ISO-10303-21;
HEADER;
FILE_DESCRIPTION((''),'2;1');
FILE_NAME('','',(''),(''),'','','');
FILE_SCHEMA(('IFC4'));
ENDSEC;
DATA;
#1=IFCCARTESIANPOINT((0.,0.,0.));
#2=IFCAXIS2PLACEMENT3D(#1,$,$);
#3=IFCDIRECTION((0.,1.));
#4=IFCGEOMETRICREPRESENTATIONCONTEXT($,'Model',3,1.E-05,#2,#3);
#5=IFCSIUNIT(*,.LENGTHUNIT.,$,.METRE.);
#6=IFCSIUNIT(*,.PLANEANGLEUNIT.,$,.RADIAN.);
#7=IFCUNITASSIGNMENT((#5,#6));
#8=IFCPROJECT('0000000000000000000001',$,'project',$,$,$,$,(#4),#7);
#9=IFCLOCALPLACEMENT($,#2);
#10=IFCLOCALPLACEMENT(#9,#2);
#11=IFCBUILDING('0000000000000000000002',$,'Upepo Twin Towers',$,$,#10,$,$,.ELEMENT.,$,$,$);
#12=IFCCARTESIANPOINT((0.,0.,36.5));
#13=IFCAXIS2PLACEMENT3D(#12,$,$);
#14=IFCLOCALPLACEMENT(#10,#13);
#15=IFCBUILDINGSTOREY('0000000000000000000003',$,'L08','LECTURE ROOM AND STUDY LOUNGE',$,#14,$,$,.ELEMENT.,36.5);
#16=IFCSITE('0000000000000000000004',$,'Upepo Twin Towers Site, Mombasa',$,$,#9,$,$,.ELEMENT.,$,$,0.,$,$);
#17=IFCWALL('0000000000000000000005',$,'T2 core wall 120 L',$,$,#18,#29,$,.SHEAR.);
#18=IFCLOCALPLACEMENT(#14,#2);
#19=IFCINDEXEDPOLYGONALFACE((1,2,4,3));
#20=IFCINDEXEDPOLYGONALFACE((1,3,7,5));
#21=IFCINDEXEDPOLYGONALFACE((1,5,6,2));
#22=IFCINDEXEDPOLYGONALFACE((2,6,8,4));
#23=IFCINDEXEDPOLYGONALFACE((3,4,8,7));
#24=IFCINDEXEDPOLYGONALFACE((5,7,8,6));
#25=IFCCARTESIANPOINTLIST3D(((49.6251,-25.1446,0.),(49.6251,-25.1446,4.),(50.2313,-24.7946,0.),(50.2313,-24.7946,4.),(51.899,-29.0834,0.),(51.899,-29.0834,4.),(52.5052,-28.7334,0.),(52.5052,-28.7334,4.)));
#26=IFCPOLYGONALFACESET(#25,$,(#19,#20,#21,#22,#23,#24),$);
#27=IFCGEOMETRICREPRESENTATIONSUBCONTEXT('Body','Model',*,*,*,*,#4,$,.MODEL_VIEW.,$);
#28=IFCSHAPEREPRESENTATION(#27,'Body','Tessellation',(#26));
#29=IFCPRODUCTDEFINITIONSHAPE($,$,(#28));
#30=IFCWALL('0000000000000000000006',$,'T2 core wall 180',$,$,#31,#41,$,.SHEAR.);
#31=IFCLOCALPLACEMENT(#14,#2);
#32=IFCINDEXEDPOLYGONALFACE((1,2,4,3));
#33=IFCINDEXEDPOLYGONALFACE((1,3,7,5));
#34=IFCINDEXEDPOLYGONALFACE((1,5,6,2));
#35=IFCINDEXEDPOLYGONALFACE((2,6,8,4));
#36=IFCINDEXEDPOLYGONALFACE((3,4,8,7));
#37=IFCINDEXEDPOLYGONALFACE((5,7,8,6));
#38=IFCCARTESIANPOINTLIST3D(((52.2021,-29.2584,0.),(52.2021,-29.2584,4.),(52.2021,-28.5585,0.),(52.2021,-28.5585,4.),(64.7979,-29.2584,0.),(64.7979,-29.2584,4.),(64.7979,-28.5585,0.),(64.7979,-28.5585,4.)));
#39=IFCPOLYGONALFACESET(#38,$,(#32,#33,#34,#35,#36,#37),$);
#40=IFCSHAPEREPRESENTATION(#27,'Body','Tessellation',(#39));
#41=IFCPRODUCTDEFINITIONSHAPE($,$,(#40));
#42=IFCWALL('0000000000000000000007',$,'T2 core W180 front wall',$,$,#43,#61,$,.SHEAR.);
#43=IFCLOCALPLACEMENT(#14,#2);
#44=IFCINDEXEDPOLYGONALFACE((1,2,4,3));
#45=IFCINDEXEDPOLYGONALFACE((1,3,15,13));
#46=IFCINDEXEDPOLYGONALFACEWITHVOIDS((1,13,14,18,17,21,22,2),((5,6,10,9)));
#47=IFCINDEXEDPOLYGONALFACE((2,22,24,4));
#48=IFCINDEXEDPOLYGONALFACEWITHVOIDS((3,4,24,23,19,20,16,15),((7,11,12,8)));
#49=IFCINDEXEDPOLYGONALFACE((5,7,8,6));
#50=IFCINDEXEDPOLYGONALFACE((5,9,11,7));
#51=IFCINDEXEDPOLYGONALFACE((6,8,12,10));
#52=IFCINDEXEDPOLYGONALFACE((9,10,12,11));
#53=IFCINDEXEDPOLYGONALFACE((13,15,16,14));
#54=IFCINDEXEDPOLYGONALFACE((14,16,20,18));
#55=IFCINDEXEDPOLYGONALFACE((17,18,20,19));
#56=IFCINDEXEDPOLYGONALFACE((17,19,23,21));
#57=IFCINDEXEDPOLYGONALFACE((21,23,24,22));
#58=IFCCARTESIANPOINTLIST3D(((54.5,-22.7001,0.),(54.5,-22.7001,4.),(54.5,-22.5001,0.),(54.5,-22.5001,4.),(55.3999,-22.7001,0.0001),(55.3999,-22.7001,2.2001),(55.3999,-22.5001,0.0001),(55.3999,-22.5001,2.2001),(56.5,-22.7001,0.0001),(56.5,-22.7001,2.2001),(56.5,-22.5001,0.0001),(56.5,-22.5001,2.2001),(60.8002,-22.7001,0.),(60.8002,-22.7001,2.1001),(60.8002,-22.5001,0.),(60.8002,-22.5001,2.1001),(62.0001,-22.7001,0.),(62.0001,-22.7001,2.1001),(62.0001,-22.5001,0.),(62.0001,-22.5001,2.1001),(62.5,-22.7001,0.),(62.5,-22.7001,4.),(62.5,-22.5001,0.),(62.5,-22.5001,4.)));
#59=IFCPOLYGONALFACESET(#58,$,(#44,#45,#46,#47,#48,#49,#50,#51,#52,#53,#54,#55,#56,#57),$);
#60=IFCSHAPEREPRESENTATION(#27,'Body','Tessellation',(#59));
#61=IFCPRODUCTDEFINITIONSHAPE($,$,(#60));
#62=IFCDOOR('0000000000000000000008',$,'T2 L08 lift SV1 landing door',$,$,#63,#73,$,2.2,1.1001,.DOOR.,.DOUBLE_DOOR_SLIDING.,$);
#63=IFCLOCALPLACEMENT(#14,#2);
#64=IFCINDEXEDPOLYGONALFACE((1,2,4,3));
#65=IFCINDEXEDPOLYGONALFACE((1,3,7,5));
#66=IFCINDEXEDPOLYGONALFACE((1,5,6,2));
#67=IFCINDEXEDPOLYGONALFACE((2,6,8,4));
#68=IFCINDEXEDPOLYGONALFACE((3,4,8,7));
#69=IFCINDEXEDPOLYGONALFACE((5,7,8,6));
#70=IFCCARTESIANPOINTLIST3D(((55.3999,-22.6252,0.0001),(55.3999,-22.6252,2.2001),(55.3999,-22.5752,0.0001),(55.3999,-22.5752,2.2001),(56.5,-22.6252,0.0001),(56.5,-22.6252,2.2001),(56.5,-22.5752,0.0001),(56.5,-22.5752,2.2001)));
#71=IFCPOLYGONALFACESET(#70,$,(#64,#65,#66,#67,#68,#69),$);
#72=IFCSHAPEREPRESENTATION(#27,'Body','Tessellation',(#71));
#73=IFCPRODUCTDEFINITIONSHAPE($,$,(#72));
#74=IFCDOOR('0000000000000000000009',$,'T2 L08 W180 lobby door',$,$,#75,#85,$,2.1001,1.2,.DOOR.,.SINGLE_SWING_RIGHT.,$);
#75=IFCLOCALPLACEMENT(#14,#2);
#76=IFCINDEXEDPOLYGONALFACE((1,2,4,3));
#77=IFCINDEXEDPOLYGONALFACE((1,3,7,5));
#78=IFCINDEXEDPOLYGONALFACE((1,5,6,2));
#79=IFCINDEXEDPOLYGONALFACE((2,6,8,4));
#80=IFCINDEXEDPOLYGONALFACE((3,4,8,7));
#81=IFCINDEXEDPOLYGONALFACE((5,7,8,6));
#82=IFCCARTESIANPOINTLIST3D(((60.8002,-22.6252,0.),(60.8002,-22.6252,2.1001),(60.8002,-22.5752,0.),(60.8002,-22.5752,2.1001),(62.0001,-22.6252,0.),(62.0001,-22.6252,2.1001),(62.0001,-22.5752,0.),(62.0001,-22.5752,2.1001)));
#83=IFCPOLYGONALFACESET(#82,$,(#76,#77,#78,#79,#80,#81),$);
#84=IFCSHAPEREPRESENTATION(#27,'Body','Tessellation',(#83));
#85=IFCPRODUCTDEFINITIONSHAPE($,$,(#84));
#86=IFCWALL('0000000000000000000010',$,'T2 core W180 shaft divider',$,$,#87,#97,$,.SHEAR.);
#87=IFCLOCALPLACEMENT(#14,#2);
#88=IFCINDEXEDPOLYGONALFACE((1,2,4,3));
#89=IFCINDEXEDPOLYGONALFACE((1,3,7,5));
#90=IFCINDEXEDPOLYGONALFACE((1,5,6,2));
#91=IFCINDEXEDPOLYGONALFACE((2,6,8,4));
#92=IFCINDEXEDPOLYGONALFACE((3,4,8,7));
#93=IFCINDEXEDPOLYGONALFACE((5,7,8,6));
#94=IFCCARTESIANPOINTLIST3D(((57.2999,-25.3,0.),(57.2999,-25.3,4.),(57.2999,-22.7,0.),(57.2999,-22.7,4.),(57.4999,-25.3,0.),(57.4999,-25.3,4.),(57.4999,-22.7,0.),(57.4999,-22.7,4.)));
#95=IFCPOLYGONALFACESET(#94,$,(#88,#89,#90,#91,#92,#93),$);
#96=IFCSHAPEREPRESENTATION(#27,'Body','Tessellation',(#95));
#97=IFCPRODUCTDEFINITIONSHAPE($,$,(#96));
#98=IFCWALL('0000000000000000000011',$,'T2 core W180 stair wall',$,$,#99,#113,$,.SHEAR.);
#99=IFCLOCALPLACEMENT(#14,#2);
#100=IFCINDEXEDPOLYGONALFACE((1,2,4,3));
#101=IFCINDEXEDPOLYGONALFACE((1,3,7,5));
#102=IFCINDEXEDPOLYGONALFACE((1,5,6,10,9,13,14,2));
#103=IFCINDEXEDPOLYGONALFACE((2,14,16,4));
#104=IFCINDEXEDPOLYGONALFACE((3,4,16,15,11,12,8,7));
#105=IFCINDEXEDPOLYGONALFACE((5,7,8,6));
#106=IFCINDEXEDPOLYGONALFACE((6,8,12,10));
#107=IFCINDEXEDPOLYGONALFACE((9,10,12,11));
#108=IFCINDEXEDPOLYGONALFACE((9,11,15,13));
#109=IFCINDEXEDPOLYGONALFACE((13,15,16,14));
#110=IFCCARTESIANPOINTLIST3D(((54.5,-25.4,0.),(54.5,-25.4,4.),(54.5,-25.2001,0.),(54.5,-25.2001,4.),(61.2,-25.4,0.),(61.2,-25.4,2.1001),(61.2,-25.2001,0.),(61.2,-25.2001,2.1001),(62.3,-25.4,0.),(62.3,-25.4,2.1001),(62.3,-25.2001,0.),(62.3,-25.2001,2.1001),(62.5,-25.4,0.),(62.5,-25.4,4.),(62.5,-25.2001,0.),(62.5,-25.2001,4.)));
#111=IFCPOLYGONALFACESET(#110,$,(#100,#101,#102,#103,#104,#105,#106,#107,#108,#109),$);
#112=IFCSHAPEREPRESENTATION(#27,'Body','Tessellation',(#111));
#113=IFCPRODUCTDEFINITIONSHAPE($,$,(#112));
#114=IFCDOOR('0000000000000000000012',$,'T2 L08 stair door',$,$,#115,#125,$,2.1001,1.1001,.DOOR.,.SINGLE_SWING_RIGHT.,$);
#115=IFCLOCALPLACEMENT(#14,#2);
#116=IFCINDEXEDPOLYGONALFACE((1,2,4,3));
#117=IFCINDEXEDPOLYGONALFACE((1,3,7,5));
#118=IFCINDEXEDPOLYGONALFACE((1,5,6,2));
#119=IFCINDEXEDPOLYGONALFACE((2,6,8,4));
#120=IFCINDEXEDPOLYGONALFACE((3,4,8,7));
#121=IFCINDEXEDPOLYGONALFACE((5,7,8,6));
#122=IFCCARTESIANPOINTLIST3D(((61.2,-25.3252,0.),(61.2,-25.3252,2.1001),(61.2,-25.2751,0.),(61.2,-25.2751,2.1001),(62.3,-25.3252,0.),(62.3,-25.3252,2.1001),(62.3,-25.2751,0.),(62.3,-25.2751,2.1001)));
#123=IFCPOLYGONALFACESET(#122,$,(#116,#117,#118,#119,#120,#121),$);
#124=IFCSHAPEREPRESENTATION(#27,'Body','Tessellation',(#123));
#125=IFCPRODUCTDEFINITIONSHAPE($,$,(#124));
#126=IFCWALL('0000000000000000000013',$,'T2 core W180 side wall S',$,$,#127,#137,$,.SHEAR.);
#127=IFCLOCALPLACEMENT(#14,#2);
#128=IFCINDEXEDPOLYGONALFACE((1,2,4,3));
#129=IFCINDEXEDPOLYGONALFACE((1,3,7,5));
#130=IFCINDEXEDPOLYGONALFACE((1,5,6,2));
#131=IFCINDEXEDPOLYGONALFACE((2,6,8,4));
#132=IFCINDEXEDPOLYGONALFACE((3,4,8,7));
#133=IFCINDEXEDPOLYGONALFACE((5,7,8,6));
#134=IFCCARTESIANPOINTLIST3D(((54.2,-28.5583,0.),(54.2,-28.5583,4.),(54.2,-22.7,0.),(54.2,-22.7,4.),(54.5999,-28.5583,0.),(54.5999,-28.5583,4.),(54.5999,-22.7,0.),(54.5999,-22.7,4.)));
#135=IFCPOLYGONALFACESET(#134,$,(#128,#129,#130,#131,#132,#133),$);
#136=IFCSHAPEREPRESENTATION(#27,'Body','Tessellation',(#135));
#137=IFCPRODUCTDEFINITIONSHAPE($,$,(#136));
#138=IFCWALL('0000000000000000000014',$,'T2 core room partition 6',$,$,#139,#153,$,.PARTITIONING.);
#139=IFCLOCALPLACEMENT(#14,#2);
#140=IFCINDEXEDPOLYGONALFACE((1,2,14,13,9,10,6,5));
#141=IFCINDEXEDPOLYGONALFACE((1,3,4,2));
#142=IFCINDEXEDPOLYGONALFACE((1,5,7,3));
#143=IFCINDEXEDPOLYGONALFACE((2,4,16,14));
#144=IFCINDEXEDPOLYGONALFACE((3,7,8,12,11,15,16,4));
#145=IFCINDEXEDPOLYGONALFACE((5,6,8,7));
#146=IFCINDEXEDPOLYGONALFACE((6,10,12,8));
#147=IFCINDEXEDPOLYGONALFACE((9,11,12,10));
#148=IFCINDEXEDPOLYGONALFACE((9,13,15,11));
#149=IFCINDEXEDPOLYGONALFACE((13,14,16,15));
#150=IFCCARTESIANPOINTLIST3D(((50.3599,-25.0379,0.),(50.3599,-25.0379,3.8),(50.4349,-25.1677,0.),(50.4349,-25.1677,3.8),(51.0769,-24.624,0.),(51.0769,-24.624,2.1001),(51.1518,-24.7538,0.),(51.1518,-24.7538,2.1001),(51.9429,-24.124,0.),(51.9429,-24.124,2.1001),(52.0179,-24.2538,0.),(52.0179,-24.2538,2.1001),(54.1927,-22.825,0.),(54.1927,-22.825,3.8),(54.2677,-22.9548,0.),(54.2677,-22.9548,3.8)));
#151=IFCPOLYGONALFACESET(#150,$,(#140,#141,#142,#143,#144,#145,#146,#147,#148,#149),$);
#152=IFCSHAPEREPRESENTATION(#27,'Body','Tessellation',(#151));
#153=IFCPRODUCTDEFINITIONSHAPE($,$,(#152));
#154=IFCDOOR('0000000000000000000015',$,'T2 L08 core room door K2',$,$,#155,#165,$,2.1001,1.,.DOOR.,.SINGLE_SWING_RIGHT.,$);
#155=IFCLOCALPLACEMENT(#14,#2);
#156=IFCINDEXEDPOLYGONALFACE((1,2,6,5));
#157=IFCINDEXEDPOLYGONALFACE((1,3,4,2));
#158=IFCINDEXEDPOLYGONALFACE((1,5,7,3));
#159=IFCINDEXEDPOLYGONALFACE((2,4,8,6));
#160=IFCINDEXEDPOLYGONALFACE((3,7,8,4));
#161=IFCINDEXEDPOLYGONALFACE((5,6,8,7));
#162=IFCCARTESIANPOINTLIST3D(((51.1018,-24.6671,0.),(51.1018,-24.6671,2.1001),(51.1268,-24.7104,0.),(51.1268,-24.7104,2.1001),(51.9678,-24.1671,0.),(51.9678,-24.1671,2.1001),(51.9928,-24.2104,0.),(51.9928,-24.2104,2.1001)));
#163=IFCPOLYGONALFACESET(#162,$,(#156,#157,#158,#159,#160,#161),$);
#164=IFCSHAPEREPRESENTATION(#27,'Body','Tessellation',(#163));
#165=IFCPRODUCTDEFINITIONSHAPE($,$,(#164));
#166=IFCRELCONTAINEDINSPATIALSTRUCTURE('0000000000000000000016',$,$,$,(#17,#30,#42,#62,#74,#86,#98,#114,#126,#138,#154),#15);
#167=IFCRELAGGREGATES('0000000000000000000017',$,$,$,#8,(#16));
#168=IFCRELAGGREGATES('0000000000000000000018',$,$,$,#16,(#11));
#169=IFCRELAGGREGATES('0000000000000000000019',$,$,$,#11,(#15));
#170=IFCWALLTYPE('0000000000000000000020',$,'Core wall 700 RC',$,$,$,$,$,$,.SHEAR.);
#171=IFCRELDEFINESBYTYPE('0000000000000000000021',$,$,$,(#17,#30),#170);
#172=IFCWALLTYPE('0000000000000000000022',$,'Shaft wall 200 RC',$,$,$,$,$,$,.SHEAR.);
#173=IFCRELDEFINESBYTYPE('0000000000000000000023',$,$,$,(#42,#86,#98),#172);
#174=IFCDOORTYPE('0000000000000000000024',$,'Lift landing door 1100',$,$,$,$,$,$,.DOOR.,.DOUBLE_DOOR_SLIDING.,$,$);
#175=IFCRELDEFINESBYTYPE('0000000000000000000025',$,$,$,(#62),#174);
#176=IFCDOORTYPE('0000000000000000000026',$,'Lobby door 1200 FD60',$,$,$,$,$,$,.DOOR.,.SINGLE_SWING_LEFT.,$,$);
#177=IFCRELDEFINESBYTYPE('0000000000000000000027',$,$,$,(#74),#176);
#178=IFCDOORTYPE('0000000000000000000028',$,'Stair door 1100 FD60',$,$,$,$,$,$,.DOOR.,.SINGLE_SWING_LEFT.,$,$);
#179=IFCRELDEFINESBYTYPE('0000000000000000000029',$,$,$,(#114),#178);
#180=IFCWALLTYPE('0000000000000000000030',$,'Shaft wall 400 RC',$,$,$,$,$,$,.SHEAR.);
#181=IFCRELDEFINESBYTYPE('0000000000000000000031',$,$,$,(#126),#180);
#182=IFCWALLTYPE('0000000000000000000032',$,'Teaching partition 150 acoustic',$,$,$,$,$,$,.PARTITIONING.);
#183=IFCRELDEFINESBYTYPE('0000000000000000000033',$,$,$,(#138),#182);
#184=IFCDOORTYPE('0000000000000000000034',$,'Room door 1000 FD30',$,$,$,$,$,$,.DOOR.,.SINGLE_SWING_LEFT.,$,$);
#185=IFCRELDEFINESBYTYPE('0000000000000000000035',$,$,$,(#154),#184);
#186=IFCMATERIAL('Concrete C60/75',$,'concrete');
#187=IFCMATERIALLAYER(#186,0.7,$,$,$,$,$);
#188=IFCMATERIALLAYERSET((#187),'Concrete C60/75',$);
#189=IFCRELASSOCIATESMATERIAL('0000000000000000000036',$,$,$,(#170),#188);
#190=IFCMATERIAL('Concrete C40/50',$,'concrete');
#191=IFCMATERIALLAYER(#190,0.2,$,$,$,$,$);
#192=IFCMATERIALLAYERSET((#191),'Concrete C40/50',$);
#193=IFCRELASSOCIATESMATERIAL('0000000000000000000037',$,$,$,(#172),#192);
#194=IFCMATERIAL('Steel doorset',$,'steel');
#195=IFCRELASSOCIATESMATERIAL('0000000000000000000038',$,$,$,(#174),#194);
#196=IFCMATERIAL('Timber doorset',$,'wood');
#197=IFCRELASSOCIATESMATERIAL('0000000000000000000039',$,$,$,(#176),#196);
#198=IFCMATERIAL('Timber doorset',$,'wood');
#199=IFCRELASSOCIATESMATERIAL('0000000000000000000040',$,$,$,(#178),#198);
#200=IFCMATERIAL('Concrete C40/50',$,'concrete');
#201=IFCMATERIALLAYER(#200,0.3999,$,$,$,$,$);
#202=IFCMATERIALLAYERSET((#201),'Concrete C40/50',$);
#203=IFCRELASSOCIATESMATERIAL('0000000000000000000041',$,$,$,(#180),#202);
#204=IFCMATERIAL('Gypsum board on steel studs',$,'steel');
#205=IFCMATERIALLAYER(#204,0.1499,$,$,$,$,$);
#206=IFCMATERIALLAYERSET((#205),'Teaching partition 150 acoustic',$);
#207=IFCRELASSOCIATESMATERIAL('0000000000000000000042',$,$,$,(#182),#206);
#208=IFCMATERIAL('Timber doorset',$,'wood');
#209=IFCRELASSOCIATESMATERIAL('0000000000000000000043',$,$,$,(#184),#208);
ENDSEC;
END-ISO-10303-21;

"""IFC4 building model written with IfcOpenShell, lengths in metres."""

from ifc_helpers import new_model, si_unit, direction, frame, frame_2d, origin, place, context, subcontext, project, spatial, rectangle, extrude, material, layer, layer_set, type_object, element, fill, save


model = new_model("IFC4")

# Units and contexts
model_context = context("Model", 3, precision=1e-05, world=origin(), true_north=direction((0.0, 1.0)))
body_context = subcontext(model_context, "Body", "Model", "MODEL_VIEW")
ifc_project = project(units=[si_unit("LENGTHUNIT", "METRE"), si_unit("PLANEANGLEUNIT", "RADIAN")], contexts=[model_context])

# Site, building, storey
site_placement = place(None, origin())
site = spatial("IfcSite", under=ifc_project, at=site_placement, Name="Upepo Twin Towers Site, Mombasa", CompositionType="ELEMENT", RefElevation=0.0)
building_placement = place(site_placement, origin())
building = spatial("IfcBuilding", under=site, at=building_placement, Name="Upepo Twin Towers", CompositionType="ELEMENT")
storey_placement = place(building_placement, frame((0.0, 0.0, 36.5)))
storey = spatial("IfcBuildingStorey", under=building, at=storey_placement, Name="L08", Description="LECTURE ROOM AND STUDY LOUNGE", CompositionType="ELEMENT", Elevation=36.5)

# Walls
ifc_material_1 = material(Name="Concrete C60/75", Category="concrete")
ifc_layer_1 = layer(ifc_material_1, 0.7)
ifc_layer_set_1 = layer_set([ifc_layer_1], Name="Concrete C60/75")
wall_type_1 = type_object("IfcWallType", Name="Core wall 700 RC", PredefinedType="SHEAR", material=ifc_layer_set_1)
wall_1_placement = place(storey_placement, frame((49.9282, -24.9697, 0.0), z_axis=(0.0, 0.0, 1.0), x_axis=(0.499984, -0.866035, 0.0)))
element("IfcWall", 1, at=wall_1_placement, inside=storey, type_object=wall_type_1, Name="T2 core wall 120 L", PredefinedType="SHEAR", context=body_context, shape_type="SweptSolid", body=[
    extrude(rectangle(XDim=4.5481, YDim=0.7, at=frame_2d((2.2739, 0.0))), origin(), (0.0, 0.0, 1.0), 4.0),
])
wall_2_placement = place(storey_placement, frame((52.2021, -28.9084, 0.0), z_axis=(0.0, 0.0, 1.0), x_axis=(1.0, 0.0, 0.0)))
element("IfcWall", 2, at=wall_2_placement, inside=storey, type_object=wall_type_1, Name="T2 core wall 180", PredefinedType="SHEAR", context=body_context, shape_type="SweptSolid", body=[
    extrude(rectangle(XDim=12.5957, YDim=0.7, at=frame_2d((6.2979, 0.0))), origin(), (0.0, 0.0, 1.0), 4.0),
])

# Wall, openings, doors
ifc_material_2 = material(Name="Concrete C40/50", Category="concrete")
ifc_layer_2 = layer(ifc_material_2, 0.2)
ifc_layer_set_2 = layer_set([ifc_layer_2], Name="Concrete C40/50")
wall_type_2 = type_object("IfcWallType", Name="Shaft wall 200 RC", PredefinedType="SHEAR", material=ifc_layer_set_2)
wall_3_placement = place(storey_placement, frame((54.5, -22.6001, 0.0), z_axis=(0.0, 0.0, 1.0), x_axis=(1.0, 0.0, 0.0)))
wall_3 = element("IfcWall", 3, at=wall_3_placement, inside=storey, type_object=wall_type_2, Name="T2 core W180 front wall", PredefinedType="SHEAR", context=body_context, shape_type="SweptSolid", body=[
    extrude(rectangle(XDim=8.0, YDim=0.2, at=frame_2d((4.0, 0.0))), origin(), (0.0, 0.0, 1.0), 4.0),
])
opening_1_placement = place(wall_3_placement, frame((6.3, 0.0, 0.0)))
opening_1 = element("IfcOpeningElement", 4, at=opening_1_placement, cuts=wall_3, PredefinedType="OPENING", context=body_context, shape_type="SweptSolid", body=[
    extrude(rectangle(XDim=1.2, YDim=2.1001, at=frame_2d((0.6001, 1.05))), frame((0.0, 0.1099, 0.0), z_axis=(0.0, -1.0, 0.0), x_axis=(1.0, 0.0, 0.0)), (0.0, 0.0, 1.0), 0.22),
])
opening_2_placement = place(wall_3_placement, frame((0.8999, 0.0, 0.0)))
opening_2 = element("IfcOpeningElement", 5, at=opening_2_placement, cuts=wall_3, PredefinedType="OPENING", context=body_context, shape_type="SweptSolid", body=[
    extrude(rectangle(XDim=1.1001, YDim=2.2, at=frame_2d((0.55, 1.1001))), frame((0.0, 0.1099, 0.0), z_axis=(0.0, -1.0, 0.0), x_axis=(1.0, 0.0, 0.0)), (0.0, 0.0, 1.0), 0.22),
])
ifc_material_3 = material(Name="Steel doorset", Category="steel")
door_type_1 = type_object("IfcDoorType", Name="Lift landing door 1100", OperationType="DOUBLE_DOOR_SLIDING", PredefinedType="DOOR", material=ifc_material_3)
door_1_placement = place(opening_2_placement, origin())
door_1 = element("IfcDoor", 6, at=door_1_placement, inside=storey, type_object=door_type_1, Name="T2 L08 lift SV1 landing door", OperationType="DOUBLE_DOOR_SLIDING", OverallHeight=2.2, OverallWidth=1.1001, PredefinedType="DOOR", context=body_context, shape_type="SweptSolid", body=[
    extrude(rectangle(XDim=1.1001, YDim=2.2, at=frame_2d((0.55, 1.1001))), frame((0.0, 0.0249, 0.0), z_axis=(0.0, -1.0, 0.0), x_axis=(1.0, 0.0, 0.0)), (0.0, 0.0, 1.0), 0.05),
])
fill(opening_2, door_1)
ifc_material_4 = material(Name="Timber doorset", Category="wood")
door_type_2 = type_object("IfcDoorType", Name="Lobby door 1200 FD60", OperationType="SINGLE_SWING_LEFT", PredefinedType="DOOR", material=ifc_material_4)
door_2_placement = place(opening_1_placement, origin())
door_2 = element("IfcDoor", 7, at=door_2_placement, inside=storey, type_object=door_type_2, Name="T2 L08 W180 lobby door", OperationType="SINGLE_SWING_RIGHT", OverallHeight=2.1001, OverallWidth=1.2, PredefinedType="DOOR", context=body_context, shape_type="SweptSolid", body=[
    extrude(rectangle(XDim=1.2, YDim=2.1001, at=frame_2d((0.6001, 1.05))), frame((0.0, 0.0249, 0.0), z_axis=(0.0, -1.0, 0.0), x_axis=(1.0, 0.0, 0.0)), (0.0, 0.0, 1.0), 0.05),
])
fill(opening_1, door_2)

# Wall
wall_4_placement = place(storey_placement, frame((57.3999, -22.7, 0.0), z_axis=(0.0, 0.0, 1.0), x_axis=(0.0, -1.0, 0.0)))
element("IfcWall", 8, at=wall_4_placement, inside=storey, type_object=wall_type_2, Name="T2 core W180 shaft divider", PredefinedType="SHEAR", context=body_context, shape_type="SweptSolid", body=[
    extrude(rectangle(XDim=2.6001, YDim=0.2, at=frame_2d((1.3, 0.0))), origin(), (0.0, 0.0, 1.0), 4.0),
])

# Wall, opening, door
wall_5_placement = place(storey_placement, frame((54.5, -25.3, 0.0), z_axis=(0.0, 0.0, 1.0), x_axis=(1.0, 0.0, 0.0)))
wall_5 = element("IfcWall", 9, at=wall_5_placement, inside=storey, type_object=wall_type_2, Name="T2 core W180 stair wall", PredefinedType="SHEAR", context=body_context, shape_type="SweptSolid", body=[
    extrude(rectangle(XDim=8.0, YDim=0.2, at=frame_2d((4.0, 0.0))), origin(), (0.0, 0.0, 1.0), 4.0),
])
opening_3_placement = place(wall_5_placement, frame((6.7, 0.0, 0.0)))
opening_3 = element("IfcOpeningElement", 10, at=opening_3_placement, cuts=wall_5, PredefinedType="OPENING", context=body_context, shape_type="SweptSolid", body=[
    extrude(rectangle(XDim=1.1001, YDim=2.1001, at=frame_2d((0.55, 1.05))), frame((0.0, 0.1099, 0.0), z_axis=(0.0, -1.0, 0.0), x_axis=(1.0, 0.0, 0.0)), (0.0, 0.0, 1.0), 0.22),
])
ifc_material_5 = material(Name="Timber doorset", Category="wood")
door_type_3 = type_object("IfcDoorType", Name="Stair door 1100 FD60", OperationType="SINGLE_SWING_LEFT", PredefinedType="DOOR", material=ifc_material_5)
door_3_placement = place(opening_3_placement, origin())
door_3 = element("IfcDoor", 11, at=door_3_placement, inside=storey, type_object=door_type_3, Name="T2 L08 stair door", OperationType="SINGLE_SWING_RIGHT", OverallHeight=2.1001, OverallWidth=1.1001, PredefinedType="DOOR", context=body_context, shape_type="SweptSolid", body=[
    extrude(rectangle(XDim=1.1001, YDim=2.1001, at=frame_2d((0.55, 1.05))), frame((0.0, 0.0249, 0.0), z_axis=(0.0, -1.0, 0.0), x_axis=(1.0, 0.0, 0.0)), (0.0, 0.0, 1.0), 0.05),
])
fill(opening_3, door_3)

# Wall
ifc_material_6 = material(Name="Concrete C40/50", Category="concrete")
ifc_layer_3 = layer(ifc_material_6, 0.3999)
ifc_layer_set_3 = layer_set([ifc_layer_3], Name="Concrete C40/50")
wall_type_3 = type_object("IfcWallType", Name="Shaft wall 400 RC", PredefinedType="SHEAR", material=ifc_layer_set_3)
wall_6_placement = place(storey_placement, frame((54.3999, -22.7, 0.0), z_axis=(0.0, 0.0, 1.0), x_axis=(0.0, -1.0, 0.0)))
element("IfcWall", 12, at=wall_6_placement, inside=storey, type_object=wall_type_3, Name="T2 core W180 side wall S", PredefinedType="SHEAR", context=body_context, shape_type="SweptSolid", body=[
    extrude(rectangle(XDim=5.8584, YDim=0.3999, at=frame_2d((2.9292, 0.0))), origin(), (0.0, 0.0, 1.0), 4.0),
])

# Wall, opening, door
ifc_material_7 = material(Name="Gypsum board on steel studs", Category="steel")
ifc_layer_4 = layer(ifc_material_7, 0.1499)
ifc_layer_set_4 = layer_set([ifc_layer_4], Name="Teaching partition 150 acoustic")
wall_type_4 = type_object("IfcWallType", Name="Teaching partition 150 acoustic", PredefinedType="PARTITIONING", material=ifc_layer_set_4)
wall_7_placement = place(storey_placement, frame((54.2302, -22.8899, 0.0), z_axis=(0.0, 0.0, 1.0), x_axis=(-0.866021, -0.500007, 0.0)))
wall_7 = element("IfcWall", 13, at=wall_7_placement, inside=storey, type_object=wall_type_4, Name="T2 core room partition 6", PredefinedType="PARTITIONING", context=body_context, shape_type="SweptSolid", body=[
    extrude(rectangle(XDim=4.4258, YDim=0.1499, at=frame_2d((2.2129, 0.0))), origin(), (0.0, 0.0, 1.0), 3.8),
])
opening_4_placement = place(wall_7_placement, frame((2.5979, 0.0, 0.0)))
opening_4 = element("IfcOpeningElement", 14, at=opening_4_placement, cuts=wall_7, PredefinedType="OPENING", context=body_context, shape_type="SweptSolid", body=[
    extrude(rectangle(XDim=1.0, YDim=2.1001, at=frame_2d((0.5, 1.05))), frame((0.0, 0.085, 0.0), z_axis=(0.0, -1.0, 0.0), x_axis=(1.0, 0.0, 0.0)), (0.0, 0.0, 1.0), 0.1699),
])
ifc_material_8 = material(Name="Timber doorset", Category="wood")
door_type_4 = type_object("IfcDoorType", Name="Room door 1000 FD30", OperationType="SINGLE_SWING_LEFT", PredefinedType="DOOR", material=ifc_material_8)
door_4_placement = place(opening_4_placement, origin())
door_4 = element("IfcDoor", 15, at=door_4_placement, inside=storey, type_object=door_type_4, Name="T2 L08 core room door K2", OperationType="SINGLE_SWING_RIGHT", OverallHeight=2.1001, OverallWidth=1.0, PredefinedType="DOOR", context=body_context, shape_type="SweptSolid", body=[
    extrude(rectangle(XDim=1.0, YDim=2.1001, at=frame_2d((0.5, 1.05))), frame((0.0, 0.0249, 0.0), z_axis=(0.0, -1.0, 0.0), x_axis=(1.0, 0.0, 0.0)), (0.0, 0.0, 1.0), 0.05),
])
fill(opening_4, door_4)

save(model, "model.ifc")
